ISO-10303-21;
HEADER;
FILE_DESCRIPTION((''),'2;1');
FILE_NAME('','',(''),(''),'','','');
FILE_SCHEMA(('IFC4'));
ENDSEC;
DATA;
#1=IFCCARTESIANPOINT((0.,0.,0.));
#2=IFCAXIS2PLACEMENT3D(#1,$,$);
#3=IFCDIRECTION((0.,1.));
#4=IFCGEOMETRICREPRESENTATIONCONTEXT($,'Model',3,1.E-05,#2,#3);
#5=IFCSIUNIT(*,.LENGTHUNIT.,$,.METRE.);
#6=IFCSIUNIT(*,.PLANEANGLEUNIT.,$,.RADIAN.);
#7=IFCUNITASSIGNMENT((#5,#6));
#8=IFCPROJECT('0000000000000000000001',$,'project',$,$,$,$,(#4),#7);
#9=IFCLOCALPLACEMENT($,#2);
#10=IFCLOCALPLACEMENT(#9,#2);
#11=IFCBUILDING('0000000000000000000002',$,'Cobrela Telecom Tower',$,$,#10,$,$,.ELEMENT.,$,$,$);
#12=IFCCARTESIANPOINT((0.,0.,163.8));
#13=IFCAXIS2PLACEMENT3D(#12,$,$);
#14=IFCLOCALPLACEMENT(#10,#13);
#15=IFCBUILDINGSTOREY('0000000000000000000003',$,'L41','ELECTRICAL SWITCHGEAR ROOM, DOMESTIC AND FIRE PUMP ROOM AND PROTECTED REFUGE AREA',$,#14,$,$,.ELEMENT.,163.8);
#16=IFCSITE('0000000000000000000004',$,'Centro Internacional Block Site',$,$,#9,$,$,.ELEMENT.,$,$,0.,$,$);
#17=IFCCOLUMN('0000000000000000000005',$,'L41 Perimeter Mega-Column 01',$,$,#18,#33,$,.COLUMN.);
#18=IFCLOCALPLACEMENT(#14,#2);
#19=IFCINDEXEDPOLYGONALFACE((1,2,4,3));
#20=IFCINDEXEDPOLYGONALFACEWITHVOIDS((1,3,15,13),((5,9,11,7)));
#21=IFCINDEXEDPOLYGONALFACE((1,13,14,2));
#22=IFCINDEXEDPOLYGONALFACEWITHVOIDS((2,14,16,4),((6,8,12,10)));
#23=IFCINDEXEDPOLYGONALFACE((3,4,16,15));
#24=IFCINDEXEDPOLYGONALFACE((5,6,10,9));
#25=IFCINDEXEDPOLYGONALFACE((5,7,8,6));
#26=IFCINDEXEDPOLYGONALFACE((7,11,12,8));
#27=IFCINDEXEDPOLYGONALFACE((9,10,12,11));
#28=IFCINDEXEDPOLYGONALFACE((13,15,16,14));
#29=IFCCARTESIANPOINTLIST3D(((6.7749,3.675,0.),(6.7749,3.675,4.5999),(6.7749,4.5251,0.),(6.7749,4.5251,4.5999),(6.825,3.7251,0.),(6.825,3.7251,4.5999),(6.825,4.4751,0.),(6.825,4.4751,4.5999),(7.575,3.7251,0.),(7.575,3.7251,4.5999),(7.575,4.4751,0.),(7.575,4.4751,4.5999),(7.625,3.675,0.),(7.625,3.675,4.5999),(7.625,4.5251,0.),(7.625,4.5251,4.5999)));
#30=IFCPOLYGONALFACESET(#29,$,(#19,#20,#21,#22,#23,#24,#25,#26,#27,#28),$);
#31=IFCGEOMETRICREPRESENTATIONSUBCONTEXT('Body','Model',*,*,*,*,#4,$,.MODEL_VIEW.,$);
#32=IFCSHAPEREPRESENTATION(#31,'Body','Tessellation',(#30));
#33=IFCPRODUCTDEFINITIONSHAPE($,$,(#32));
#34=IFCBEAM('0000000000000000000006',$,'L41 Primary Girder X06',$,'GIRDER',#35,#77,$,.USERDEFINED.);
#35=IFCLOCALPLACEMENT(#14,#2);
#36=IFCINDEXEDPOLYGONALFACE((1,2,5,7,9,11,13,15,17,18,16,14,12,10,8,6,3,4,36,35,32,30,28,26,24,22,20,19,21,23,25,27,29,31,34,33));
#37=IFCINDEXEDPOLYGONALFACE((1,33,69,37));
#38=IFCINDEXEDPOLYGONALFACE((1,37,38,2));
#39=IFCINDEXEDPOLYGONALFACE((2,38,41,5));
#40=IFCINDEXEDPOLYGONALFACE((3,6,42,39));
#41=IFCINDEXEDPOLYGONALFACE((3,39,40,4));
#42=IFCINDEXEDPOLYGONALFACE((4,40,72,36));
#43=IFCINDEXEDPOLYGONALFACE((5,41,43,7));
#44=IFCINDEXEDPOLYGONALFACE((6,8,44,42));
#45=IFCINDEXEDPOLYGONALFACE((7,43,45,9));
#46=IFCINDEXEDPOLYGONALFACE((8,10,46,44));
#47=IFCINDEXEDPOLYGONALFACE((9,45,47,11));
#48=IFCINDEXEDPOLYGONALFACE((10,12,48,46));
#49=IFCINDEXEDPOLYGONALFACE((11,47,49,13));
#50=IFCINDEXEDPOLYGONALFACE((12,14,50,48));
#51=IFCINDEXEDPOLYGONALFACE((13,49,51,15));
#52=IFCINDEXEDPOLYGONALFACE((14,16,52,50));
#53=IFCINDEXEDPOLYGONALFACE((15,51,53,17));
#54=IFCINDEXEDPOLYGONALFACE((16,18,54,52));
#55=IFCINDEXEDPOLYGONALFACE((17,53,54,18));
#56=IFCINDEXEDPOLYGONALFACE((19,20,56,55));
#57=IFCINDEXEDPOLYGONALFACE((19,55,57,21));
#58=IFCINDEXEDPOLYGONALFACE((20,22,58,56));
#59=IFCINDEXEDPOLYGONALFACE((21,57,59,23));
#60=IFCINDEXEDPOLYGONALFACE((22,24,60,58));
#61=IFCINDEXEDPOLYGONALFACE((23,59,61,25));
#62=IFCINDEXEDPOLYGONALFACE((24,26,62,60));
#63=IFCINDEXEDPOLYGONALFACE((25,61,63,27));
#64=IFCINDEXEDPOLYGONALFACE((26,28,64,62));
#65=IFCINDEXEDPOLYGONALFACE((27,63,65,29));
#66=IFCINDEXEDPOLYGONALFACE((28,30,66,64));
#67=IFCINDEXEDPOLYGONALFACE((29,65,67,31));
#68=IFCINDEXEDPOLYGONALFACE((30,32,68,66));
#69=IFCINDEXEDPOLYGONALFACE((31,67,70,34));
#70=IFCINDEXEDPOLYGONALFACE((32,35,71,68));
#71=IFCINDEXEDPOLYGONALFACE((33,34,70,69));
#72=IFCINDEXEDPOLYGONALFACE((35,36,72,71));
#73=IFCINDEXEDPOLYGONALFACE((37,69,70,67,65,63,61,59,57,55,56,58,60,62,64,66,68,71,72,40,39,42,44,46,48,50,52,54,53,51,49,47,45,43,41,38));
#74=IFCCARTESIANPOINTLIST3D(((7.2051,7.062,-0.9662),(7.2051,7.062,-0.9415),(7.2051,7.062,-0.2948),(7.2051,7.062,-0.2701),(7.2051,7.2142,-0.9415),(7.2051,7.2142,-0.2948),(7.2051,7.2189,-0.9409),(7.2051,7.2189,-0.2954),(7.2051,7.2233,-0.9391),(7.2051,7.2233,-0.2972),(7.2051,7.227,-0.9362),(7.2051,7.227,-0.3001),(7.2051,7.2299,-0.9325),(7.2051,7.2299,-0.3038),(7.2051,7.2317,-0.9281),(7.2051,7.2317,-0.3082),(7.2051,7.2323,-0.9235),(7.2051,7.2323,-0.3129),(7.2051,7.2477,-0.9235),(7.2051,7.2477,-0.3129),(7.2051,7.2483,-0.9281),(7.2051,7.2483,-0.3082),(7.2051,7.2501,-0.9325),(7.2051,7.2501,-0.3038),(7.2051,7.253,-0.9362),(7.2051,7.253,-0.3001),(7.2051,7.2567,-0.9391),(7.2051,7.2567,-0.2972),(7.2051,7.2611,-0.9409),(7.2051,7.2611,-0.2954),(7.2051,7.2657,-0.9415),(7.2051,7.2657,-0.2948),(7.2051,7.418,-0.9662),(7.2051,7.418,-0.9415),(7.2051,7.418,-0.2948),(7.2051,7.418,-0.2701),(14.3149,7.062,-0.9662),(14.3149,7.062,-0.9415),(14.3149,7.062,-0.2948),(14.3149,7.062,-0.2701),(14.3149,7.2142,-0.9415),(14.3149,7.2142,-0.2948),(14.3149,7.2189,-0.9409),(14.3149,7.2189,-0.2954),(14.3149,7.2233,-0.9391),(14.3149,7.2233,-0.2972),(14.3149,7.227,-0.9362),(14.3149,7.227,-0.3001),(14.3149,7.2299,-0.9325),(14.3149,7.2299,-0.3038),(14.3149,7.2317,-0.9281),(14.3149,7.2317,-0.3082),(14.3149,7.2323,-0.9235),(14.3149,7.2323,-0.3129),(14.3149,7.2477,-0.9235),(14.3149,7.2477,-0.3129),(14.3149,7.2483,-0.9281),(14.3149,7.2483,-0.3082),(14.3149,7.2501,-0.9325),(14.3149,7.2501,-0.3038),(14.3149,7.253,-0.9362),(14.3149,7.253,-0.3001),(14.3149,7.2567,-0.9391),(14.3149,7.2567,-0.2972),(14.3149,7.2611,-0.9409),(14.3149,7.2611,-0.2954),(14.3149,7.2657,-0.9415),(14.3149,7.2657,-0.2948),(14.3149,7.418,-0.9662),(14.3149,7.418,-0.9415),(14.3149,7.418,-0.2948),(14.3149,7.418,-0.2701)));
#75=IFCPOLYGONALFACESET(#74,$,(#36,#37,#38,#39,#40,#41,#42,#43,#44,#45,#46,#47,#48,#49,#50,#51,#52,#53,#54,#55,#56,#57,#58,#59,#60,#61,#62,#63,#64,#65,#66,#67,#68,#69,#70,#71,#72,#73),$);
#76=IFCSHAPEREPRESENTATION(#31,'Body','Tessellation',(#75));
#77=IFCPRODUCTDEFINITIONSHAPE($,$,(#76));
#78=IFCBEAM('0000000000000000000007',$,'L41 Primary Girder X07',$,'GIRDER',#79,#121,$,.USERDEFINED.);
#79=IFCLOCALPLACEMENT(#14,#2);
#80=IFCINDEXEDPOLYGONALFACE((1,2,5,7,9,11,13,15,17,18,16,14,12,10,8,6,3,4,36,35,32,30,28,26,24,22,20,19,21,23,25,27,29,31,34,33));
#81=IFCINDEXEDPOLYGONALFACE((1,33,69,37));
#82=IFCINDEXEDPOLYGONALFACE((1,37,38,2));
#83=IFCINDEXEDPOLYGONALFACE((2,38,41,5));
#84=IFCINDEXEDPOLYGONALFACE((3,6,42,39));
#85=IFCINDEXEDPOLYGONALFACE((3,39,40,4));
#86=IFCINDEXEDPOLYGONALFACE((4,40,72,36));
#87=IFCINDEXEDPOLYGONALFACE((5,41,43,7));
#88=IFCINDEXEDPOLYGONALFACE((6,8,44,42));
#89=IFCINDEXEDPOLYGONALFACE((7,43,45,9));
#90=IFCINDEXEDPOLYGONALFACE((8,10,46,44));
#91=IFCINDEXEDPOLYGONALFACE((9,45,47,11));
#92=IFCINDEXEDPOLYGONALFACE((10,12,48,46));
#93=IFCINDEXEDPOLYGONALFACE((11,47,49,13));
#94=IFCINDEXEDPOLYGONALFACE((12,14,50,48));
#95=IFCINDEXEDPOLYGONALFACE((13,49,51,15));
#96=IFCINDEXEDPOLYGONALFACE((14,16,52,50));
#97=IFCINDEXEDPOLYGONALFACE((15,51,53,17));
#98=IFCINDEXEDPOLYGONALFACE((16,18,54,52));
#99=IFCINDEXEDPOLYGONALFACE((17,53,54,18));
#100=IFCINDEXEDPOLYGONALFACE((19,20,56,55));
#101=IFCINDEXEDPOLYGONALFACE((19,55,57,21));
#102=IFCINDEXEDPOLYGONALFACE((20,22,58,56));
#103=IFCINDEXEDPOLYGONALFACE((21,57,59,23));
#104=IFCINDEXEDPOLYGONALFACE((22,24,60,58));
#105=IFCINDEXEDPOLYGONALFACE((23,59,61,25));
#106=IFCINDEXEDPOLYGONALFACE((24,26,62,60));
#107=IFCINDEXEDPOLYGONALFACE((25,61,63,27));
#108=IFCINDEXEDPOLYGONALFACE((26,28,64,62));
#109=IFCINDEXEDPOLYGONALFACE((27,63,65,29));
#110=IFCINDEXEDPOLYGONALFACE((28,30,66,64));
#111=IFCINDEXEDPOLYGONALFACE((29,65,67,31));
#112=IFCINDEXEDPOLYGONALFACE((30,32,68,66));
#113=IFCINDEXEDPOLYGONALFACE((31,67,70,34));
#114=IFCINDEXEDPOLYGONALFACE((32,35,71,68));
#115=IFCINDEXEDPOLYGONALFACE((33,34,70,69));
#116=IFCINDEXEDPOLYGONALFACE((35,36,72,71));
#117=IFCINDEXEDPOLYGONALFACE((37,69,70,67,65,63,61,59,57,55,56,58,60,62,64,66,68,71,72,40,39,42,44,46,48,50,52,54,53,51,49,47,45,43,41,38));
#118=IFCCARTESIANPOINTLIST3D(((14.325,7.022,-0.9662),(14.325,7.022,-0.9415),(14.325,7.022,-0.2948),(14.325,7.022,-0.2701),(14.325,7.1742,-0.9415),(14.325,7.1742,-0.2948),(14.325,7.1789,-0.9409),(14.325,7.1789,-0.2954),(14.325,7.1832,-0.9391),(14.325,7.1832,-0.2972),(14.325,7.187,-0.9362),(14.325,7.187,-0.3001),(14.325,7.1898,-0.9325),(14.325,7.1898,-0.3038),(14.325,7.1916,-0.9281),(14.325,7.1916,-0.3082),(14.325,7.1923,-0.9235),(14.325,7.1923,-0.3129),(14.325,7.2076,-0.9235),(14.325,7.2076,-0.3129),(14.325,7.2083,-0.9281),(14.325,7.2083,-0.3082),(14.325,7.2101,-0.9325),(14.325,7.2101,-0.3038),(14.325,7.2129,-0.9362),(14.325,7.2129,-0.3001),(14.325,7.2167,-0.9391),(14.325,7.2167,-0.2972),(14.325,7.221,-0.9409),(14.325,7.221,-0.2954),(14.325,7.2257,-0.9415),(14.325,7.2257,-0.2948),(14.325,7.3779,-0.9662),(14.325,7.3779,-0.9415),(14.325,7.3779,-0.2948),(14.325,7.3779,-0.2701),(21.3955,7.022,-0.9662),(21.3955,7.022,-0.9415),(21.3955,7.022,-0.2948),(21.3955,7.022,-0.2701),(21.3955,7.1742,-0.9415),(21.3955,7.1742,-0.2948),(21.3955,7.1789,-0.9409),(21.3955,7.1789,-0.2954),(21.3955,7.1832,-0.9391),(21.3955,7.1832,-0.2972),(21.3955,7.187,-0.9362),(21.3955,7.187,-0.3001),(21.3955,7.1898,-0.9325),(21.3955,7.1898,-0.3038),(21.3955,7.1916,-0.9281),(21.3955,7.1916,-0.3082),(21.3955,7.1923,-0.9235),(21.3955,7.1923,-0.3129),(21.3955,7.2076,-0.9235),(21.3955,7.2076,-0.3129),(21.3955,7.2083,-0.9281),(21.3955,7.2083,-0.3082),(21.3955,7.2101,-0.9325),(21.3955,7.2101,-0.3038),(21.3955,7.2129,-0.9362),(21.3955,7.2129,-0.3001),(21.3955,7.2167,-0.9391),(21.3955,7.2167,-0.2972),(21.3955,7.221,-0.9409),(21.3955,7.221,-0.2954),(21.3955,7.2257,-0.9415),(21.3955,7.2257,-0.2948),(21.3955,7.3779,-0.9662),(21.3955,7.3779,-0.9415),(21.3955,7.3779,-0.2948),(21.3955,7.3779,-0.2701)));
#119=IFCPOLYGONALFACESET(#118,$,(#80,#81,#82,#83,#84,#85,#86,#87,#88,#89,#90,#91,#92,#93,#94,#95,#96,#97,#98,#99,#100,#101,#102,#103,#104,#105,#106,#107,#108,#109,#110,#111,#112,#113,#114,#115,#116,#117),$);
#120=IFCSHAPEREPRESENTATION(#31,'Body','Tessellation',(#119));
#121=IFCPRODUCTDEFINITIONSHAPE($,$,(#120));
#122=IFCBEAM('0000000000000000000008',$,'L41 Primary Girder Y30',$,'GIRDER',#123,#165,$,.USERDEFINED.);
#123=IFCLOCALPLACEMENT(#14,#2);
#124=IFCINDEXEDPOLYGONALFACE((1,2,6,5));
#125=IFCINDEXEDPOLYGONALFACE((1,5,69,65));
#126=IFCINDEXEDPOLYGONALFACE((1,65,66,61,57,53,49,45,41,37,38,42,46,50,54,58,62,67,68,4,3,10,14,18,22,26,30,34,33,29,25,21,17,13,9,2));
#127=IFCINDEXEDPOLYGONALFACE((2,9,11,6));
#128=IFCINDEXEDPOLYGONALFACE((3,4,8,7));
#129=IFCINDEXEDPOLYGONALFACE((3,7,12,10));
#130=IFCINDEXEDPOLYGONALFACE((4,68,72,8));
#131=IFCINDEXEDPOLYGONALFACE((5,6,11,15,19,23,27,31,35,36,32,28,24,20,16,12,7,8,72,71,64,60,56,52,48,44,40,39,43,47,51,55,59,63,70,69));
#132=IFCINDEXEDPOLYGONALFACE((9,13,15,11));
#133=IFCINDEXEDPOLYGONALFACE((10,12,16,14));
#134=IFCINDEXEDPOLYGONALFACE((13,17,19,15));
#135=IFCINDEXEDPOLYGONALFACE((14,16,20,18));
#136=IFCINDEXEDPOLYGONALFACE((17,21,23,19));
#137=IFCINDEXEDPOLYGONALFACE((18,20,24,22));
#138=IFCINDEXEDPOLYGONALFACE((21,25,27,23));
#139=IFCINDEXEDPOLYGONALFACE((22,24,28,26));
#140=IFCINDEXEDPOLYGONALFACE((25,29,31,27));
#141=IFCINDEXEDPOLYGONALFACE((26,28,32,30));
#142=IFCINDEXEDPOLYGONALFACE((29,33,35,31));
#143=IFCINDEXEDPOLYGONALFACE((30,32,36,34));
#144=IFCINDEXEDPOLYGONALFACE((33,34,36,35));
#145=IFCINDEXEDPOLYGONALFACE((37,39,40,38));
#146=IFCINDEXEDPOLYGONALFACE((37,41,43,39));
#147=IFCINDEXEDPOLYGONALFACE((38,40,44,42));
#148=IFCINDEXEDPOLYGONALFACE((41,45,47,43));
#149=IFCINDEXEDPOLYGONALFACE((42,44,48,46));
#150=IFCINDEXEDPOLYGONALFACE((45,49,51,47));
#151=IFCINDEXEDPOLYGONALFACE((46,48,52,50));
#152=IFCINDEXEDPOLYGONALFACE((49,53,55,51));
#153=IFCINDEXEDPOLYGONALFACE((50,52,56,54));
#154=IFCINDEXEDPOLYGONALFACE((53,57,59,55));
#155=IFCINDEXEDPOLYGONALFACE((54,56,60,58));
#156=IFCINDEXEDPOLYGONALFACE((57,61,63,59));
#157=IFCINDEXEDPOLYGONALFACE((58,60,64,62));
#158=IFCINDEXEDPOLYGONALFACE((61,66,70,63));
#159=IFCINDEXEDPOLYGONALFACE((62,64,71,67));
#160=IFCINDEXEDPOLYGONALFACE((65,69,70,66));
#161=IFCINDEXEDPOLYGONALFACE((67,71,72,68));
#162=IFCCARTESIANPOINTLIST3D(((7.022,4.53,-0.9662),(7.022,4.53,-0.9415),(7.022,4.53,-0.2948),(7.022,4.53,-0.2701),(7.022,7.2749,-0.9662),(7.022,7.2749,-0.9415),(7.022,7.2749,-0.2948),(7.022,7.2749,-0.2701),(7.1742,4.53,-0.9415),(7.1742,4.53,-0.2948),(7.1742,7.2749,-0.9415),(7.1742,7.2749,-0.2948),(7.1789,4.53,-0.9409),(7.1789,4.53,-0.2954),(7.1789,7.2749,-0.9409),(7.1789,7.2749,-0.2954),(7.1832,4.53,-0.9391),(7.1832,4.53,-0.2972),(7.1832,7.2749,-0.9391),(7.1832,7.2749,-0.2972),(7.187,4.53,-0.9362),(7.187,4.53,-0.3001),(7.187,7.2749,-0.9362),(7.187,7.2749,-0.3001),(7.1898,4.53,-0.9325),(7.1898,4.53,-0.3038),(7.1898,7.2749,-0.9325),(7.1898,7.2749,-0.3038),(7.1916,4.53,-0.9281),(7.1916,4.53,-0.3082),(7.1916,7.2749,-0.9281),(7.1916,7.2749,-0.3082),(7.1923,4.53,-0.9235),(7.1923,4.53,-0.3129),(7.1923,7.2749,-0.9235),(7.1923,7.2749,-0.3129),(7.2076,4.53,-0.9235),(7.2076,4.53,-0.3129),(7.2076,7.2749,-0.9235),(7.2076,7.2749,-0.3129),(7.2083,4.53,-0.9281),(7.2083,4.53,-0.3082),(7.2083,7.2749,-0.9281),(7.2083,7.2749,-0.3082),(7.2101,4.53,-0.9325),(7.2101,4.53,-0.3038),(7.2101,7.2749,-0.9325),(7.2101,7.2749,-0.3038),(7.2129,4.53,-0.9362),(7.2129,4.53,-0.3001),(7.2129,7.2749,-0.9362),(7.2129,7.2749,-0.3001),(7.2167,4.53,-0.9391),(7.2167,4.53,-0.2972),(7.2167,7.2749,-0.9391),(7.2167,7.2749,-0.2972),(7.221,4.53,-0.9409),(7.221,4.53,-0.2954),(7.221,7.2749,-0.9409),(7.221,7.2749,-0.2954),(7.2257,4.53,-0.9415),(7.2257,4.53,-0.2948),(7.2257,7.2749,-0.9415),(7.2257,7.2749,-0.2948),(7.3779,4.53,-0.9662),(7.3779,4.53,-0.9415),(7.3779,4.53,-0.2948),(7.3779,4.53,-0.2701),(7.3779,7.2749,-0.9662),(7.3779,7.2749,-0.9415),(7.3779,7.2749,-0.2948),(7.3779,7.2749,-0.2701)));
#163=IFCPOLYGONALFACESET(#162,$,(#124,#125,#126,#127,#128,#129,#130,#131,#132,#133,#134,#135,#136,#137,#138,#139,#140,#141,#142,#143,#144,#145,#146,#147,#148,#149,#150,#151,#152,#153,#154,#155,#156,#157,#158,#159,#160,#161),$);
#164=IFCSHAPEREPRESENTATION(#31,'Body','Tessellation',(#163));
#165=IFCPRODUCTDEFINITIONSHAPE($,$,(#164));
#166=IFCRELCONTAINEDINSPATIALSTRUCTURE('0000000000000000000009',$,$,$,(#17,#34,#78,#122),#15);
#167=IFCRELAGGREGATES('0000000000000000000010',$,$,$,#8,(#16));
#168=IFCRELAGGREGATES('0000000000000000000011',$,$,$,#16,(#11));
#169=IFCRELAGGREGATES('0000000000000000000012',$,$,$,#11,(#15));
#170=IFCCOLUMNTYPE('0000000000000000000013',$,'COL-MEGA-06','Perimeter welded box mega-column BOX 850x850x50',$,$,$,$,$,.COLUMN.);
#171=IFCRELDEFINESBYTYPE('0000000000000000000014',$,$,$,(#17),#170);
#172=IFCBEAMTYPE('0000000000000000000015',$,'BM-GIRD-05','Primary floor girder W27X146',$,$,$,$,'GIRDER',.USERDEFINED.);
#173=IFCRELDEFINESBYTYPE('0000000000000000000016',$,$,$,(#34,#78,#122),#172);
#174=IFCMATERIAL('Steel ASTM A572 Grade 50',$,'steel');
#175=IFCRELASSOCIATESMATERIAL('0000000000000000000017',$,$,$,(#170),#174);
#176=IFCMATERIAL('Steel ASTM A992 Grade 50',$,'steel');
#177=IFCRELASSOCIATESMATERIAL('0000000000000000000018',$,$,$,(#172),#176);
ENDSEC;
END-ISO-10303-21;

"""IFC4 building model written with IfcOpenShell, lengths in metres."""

from ifc_helpers import new_model, si_unit, direction, frame, origin, origin_2d, place, context, subcontext, project, spatial, hollow_rectangle, i_section, extrude, material, material_profile, profile_set, type_object, element, save


model = new_model("IFC4")

# Units and contexts
model_context = context("Model", 3, precision=1e-05, world=origin(), true_north=direction((0.0, 1.0)))
body_context = subcontext(model_context, "Body", "Model", "MODEL_VIEW")
ifc_project = project(units=[si_unit("LENGTHUNIT", "METRE"), si_unit("PLANEANGLEUNIT", "RADIAN")], contexts=[model_context])

# Site, building, storey
site_placement = place(None, origin())
site = spatial("IfcSite", under=ifc_project, at=site_placement, Name="Centro Internacional Block Site", CompositionType="ELEMENT", RefElevation=0.0)
building_placement = place(site_placement, origin())
building = spatial("IfcBuilding", under=site, at=building_placement, Name="Cobrela Telecom Tower", CompositionType="ELEMENT")
storey_placement = place(building_placement, frame((0.0, 0.0, 163.8)))
storey = spatial("IfcBuildingStorey", under=building, at=storey_placement, Name="L41", Description="ELECTRICAL SWITCHGEAR ROOM, DOMESTIC AND FIRE PUMP ROOM AND PROTECTED REFUGE AREA", CompositionType="ELEMENT", Elevation=163.8)

# Column
ifc_material_1 = material(Name="Steel ASTM A572 Grade 50", Category="steel")
ifc_material_profile_1 = material_profile(ifc_material_1, hollow_rectangle(XDim=0.8501, YDim=0.8501, WallThickness=0.05, at=origin_2d()), Name="BOX 850x850x50")
ifc_profile_set_1 = profile_set([ifc_material_profile_1], Name="Steel ASTM A572 Grade 50")
column_type = type_object("IfcColumnType", Name="COL-MEGA-06", Description="Perimeter welded box mega-column BOX 850x850x50", PredefinedType="COLUMN", material=ifc_profile_set_1)
column_placement = place(storey_placement, frame((7.2, 4.1001, 0.0), z_axis=(0.0, 0.0, 1.0), x_axis=(1.0, 0.0, 0.0)))
element("IfcColumn", 1, at=column_placement, inside=storey, type_object=column_type, Name="L41 Perimeter Mega-Column 01", PredefinedType="COLUMN", context=body_context, shape_type="SweptSolid", body=[
    extrude(hollow_rectangle(XDim=0.8501, YDim=0.8501, WallThickness=0.05, at=origin_2d()), origin(), (0.0, 0.0, 1.0), 4.5999),
])

# Beams
ifc_material_2 = material(Name="Steel ASTM A992 Grade 50", Category="steel")
ifc_material_profile_2 = material_profile(ifc_material_2, i_section(OverallWidth=0.356, OverallDepth=0.696, WebThickness=0.0154, FlangeThickness=0.0247, FilletRadius=0.0181, at=origin_2d()), Name="W27X146")
ifc_profile_set_2 = profile_set([ifc_material_profile_2], Name="Steel ASTM A992 Grade 50")
beam_type_1 = type_object("IfcBeamType", Name="BM-GIRD-05", Description="Primary floor girder W27X146", ElementType="GIRDER", PredefinedType="USERDEFINED", material=ifc_profile_set_2)
beam_1_placement = place(storey_placement, frame((7.2051, 7.24, -0.6182), z_axis=(1.0, 0.0, 0.0), x_axis=(0.0, 1.0, 0.0)))
element("IfcBeam", 2, at=beam_1_placement, inside=storey, type_object=beam_type_1, Name="L41 Primary Girder X06", ObjectType="GIRDER", PredefinedType="USERDEFINED", context=body_context, shape_type="SweptSolid", body=[
    extrude(i_section(OverallWidth=0.356, OverallDepth=0.696, WebThickness=0.0154, FlangeThickness=0.0247, FilletRadius=0.0181, at=origin_2d()), origin(), (0.0, 0.0, 1.0), 7.1099),
])
beam_2_placement = place(storey_placement, frame((14.325, 7.2, -0.6182), z_axis=(1.0, 0.0, 0.0), x_axis=(0.0, 1.0, 0.0)))
element("IfcBeam", 3, at=beam_2_placement, inside=storey, type_object=beam_type_1, Name="L41 Primary Girder X07", ObjectType="GIRDER", PredefinedType="USERDEFINED", context=body_context, shape_type="SweptSolid", body=[
    extrude(i_section(OverallWidth=0.356, OverallDepth=0.696, WebThickness=0.0154, FlangeThickness=0.0247, FilletRadius=0.0181, at=origin_2d()), origin(), (0.0, 0.0, 1.0), 7.0706),
])
beam_3_placement = place(storey_placement, frame((7.2, 4.53, -0.6182), z_axis=(0.0, 1.0, 0.0), x_axis=(-1.0, 0.0, 0.0)))
element("IfcBeam", 4, at=beam_3_placement, inside=storey, type_object=beam_type_1, Name="L41 Primary Girder Y30", ObjectType="GIRDER", PredefinedType="USERDEFINED", context=body_context, shape_type="SweptSolid", body=[
    extrude(i_section(OverallWidth=0.356, OverallDepth=0.696, WebThickness=0.0154, FlangeThickness=0.0247, FilletRadius=0.0181, at=origin_2d()), origin(), (0.0, 0.0, 1.0), 2.7449),
])

save(model, "model.ifc")
